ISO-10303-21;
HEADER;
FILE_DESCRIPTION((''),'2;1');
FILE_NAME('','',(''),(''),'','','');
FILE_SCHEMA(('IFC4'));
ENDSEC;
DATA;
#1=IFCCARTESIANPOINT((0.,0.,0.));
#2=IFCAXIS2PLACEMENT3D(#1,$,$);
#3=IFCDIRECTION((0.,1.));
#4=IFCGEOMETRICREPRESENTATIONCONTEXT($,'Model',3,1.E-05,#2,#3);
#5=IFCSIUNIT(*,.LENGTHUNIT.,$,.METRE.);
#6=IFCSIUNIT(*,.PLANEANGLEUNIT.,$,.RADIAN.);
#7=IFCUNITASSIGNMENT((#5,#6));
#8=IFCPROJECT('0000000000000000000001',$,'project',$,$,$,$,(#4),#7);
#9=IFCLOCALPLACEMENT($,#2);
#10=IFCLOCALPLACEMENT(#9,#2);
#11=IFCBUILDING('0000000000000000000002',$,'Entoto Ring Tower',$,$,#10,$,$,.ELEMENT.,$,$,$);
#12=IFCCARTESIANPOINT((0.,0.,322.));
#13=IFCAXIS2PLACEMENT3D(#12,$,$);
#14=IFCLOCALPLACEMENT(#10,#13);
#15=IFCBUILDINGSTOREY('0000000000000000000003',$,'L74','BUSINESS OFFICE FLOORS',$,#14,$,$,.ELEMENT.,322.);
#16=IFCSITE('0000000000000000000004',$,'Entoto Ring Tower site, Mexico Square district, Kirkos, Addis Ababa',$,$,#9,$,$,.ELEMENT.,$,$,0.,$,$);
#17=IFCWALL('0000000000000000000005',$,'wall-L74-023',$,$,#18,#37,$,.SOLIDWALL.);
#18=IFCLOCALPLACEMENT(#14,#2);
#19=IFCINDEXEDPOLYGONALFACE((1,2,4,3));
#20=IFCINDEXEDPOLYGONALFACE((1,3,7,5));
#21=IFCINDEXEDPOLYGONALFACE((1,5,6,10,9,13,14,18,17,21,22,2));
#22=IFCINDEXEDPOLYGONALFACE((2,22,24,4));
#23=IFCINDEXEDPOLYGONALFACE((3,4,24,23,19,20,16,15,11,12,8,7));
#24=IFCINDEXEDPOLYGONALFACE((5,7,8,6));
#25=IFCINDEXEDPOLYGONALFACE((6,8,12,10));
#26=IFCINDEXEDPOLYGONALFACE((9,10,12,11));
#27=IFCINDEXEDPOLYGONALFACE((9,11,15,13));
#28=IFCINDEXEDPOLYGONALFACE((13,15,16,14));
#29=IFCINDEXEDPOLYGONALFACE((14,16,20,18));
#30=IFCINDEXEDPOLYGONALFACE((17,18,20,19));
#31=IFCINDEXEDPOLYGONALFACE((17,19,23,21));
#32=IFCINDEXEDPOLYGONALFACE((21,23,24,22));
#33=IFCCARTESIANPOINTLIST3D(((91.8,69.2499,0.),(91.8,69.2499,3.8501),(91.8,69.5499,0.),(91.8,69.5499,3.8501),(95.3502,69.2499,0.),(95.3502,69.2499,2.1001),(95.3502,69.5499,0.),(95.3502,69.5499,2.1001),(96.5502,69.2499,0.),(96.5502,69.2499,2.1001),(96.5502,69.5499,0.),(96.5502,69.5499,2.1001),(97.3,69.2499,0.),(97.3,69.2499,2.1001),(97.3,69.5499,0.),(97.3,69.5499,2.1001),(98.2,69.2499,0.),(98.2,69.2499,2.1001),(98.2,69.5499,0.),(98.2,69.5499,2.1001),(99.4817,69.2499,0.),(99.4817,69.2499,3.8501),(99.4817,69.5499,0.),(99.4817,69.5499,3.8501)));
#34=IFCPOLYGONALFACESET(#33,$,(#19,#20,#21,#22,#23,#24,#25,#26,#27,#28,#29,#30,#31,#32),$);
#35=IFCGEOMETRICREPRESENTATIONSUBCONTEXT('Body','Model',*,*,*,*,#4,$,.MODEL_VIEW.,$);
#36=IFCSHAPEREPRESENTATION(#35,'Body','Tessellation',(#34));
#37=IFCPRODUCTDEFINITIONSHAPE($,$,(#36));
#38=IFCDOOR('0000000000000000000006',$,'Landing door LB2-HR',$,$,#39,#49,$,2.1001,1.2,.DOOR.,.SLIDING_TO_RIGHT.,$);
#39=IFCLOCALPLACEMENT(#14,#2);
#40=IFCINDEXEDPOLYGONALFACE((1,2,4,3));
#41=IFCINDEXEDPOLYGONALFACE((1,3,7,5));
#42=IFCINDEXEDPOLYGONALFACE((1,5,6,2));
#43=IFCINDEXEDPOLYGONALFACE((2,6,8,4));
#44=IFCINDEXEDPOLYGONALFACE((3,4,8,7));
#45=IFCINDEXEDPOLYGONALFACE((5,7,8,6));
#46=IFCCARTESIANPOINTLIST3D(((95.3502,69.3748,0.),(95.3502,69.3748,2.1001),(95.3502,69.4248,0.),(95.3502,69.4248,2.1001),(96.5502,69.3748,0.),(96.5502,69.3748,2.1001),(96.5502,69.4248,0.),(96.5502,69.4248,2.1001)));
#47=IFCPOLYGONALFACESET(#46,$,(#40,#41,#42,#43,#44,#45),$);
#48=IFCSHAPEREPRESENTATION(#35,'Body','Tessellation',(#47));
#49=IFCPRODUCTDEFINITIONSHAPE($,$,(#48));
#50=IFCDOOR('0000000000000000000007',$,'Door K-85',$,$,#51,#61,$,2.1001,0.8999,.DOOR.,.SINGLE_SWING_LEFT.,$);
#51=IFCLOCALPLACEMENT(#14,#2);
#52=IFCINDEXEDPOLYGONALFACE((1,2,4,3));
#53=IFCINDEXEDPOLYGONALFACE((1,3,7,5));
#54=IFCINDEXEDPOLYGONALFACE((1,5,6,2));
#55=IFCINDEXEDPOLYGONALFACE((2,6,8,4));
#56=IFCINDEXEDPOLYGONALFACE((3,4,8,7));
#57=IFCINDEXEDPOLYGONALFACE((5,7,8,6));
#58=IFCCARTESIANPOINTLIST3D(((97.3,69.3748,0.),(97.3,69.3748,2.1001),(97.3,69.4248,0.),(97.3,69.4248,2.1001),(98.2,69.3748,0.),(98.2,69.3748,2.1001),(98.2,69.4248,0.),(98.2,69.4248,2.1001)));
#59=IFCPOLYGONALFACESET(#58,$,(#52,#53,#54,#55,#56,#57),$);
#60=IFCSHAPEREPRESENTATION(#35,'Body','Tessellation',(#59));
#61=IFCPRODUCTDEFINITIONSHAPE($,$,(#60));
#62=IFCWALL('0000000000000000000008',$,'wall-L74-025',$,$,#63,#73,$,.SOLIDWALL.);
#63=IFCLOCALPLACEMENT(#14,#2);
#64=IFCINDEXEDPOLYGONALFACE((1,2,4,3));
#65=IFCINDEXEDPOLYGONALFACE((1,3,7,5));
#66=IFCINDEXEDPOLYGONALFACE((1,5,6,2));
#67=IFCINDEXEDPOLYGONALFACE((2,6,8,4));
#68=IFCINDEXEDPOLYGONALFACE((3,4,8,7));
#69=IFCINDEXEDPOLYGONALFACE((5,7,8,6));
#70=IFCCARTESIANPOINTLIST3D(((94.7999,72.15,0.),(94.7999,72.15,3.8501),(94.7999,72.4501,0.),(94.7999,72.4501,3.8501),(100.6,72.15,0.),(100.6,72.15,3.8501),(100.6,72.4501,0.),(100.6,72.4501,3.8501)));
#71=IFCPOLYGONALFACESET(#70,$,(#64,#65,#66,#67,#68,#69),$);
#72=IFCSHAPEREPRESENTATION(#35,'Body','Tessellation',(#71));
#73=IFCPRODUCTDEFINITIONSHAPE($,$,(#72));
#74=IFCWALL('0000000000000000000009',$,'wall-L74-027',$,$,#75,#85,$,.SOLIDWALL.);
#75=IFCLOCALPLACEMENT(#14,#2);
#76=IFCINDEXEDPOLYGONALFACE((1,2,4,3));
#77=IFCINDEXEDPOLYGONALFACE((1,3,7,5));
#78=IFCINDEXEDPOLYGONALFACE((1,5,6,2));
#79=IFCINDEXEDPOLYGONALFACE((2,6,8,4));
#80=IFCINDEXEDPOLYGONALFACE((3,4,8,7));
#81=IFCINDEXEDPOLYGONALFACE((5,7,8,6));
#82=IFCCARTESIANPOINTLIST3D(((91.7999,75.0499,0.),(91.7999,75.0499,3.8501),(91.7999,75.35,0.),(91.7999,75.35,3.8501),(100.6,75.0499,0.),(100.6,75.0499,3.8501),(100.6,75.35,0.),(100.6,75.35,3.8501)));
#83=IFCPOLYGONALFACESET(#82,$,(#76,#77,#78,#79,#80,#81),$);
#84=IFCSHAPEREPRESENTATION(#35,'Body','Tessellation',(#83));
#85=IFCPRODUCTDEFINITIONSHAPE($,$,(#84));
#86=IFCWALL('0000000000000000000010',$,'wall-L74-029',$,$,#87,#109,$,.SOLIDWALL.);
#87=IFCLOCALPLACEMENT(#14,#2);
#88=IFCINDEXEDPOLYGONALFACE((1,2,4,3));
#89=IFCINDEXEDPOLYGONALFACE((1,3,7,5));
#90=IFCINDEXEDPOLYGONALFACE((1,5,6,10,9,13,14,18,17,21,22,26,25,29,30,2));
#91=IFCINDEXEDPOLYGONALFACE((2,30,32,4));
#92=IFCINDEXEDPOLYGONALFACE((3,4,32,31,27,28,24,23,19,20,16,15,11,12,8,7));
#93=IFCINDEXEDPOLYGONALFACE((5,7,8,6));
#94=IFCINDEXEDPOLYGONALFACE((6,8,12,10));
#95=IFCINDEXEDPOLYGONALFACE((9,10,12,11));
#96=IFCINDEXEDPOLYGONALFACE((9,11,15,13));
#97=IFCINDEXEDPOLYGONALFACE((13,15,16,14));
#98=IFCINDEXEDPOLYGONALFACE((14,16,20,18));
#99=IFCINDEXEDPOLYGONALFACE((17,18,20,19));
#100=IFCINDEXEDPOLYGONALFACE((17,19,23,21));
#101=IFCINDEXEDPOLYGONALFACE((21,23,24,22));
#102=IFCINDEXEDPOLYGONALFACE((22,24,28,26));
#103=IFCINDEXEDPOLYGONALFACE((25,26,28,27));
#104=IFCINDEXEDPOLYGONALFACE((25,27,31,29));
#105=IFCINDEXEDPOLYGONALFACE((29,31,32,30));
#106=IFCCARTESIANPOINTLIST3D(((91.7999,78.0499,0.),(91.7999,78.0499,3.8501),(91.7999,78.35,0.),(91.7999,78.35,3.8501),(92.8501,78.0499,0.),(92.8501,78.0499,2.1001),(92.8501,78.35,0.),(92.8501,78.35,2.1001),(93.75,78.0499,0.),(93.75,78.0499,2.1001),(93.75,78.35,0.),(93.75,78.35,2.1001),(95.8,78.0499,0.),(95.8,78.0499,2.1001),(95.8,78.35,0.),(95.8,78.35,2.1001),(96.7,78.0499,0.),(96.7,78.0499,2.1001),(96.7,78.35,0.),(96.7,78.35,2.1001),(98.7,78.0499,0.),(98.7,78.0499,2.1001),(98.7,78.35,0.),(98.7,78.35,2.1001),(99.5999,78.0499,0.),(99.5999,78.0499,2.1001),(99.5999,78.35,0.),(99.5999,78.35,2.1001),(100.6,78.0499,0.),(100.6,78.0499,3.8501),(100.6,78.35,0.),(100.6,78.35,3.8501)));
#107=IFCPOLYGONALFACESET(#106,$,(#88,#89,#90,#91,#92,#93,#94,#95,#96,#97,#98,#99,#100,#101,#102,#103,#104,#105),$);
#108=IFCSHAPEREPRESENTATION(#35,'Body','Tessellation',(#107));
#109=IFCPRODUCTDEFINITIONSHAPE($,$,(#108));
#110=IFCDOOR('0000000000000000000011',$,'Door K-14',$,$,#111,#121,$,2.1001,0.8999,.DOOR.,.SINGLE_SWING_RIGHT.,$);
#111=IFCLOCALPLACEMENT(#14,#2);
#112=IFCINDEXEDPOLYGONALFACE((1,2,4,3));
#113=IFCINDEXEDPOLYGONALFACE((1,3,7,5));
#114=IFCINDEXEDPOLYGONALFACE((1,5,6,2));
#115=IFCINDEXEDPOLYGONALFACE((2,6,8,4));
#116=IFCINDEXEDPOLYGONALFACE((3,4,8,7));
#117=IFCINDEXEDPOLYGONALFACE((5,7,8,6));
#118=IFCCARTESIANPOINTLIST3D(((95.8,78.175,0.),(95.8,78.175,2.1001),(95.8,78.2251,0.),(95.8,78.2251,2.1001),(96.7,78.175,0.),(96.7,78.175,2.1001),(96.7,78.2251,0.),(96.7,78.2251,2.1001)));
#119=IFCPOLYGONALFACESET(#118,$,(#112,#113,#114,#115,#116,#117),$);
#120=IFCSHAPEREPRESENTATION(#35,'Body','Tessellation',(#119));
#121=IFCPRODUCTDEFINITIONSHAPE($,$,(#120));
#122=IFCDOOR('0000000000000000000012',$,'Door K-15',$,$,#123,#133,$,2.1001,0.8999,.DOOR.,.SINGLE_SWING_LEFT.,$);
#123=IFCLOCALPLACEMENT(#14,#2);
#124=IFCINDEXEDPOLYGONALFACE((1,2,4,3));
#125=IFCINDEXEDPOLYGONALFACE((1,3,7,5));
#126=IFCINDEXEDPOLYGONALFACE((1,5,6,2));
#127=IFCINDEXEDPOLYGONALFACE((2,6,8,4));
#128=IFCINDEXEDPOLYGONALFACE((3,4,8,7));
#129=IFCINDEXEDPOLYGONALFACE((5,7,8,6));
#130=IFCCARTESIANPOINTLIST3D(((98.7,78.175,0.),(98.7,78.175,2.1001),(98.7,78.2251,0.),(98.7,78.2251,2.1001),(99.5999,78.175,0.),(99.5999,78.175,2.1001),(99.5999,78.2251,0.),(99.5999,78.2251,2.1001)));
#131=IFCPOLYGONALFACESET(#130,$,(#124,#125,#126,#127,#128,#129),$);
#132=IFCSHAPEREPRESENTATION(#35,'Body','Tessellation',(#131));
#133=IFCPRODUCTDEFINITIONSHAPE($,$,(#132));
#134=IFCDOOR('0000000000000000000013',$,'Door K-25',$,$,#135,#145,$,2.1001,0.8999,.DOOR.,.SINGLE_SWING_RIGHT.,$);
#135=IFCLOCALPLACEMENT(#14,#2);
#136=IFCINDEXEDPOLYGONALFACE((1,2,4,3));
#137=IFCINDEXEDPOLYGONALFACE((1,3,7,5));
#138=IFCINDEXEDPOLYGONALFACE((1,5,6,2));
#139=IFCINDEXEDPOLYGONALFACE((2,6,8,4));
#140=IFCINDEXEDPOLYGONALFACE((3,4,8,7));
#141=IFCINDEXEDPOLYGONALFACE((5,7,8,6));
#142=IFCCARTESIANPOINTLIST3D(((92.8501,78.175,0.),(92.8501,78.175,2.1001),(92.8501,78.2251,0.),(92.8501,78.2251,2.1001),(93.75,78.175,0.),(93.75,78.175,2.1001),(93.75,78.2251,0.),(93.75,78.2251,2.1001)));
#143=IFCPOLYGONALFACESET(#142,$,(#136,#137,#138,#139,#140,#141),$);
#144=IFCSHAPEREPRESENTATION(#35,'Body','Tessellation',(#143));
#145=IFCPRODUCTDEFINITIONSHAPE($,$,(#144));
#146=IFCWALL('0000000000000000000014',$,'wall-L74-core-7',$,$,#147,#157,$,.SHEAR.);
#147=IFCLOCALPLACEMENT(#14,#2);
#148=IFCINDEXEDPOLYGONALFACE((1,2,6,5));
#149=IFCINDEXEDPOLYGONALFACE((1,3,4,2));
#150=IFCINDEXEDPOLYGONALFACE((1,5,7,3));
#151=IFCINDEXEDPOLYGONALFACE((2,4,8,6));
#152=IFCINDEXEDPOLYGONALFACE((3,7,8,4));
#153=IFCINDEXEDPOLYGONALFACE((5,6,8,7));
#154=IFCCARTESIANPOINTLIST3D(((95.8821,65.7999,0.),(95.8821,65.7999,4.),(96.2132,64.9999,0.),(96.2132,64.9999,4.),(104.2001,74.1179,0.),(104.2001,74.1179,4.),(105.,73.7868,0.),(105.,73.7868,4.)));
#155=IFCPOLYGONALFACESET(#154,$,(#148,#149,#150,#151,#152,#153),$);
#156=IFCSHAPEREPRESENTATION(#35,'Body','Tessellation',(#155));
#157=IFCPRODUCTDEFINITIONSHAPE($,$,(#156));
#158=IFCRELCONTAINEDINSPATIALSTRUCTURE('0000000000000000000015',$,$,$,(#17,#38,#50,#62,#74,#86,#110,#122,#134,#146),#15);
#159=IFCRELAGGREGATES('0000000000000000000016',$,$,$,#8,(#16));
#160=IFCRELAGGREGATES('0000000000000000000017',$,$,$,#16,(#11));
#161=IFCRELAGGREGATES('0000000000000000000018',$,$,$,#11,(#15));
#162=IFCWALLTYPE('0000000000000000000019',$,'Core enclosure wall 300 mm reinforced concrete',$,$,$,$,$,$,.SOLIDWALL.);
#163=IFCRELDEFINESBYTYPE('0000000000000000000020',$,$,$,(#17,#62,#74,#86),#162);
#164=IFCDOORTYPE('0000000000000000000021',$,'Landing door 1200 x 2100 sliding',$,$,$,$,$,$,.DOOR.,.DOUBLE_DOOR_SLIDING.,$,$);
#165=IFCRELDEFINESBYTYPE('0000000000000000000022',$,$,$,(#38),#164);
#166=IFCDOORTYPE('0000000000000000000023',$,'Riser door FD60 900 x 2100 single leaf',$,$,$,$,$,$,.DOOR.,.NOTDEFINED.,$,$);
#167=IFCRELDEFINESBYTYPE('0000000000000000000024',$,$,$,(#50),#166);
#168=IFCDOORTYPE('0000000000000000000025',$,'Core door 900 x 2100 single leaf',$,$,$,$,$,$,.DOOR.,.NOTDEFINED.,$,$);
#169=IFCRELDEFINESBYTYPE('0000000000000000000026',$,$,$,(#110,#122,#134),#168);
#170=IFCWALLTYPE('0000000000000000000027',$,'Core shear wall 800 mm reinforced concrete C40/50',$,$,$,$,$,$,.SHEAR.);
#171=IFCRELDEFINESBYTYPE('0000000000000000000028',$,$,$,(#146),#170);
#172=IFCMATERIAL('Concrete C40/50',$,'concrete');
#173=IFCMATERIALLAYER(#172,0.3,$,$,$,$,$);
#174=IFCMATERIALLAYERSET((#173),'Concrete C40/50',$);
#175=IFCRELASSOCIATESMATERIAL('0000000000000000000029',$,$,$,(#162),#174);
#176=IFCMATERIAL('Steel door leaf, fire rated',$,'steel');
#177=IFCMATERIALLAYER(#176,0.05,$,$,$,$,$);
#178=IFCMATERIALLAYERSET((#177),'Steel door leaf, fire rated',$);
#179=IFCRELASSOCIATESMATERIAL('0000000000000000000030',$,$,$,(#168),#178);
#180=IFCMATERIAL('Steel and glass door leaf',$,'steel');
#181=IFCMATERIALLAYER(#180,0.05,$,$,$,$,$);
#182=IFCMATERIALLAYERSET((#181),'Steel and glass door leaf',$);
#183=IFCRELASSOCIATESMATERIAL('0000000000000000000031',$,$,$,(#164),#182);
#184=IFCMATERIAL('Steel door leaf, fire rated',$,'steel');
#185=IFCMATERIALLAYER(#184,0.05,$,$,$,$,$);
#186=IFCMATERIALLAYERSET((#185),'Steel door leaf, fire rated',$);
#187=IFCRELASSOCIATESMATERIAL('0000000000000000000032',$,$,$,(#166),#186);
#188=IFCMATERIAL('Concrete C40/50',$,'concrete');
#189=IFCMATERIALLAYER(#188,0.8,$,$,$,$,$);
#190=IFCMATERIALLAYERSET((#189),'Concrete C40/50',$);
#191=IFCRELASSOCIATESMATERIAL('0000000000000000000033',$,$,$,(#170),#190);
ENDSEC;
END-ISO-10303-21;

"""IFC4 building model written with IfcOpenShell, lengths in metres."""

from ifc_helpers import new_model, si_unit, direction, frame, frame_2d, origin, place, context, subcontext, project, spatial, polyline, rectangle, outline, extrude, material, layer, layer_set, type_object, element, fill, save


model = new_model("IFC4")

# Units and contexts
model_context = context("Model", 3, precision=1e-05, world=origin(), true_north=direction((0.0, 1.0)))
body_context = subcontext(model_context, "Body", "Model", "MODEL_VIEW")
ifc_project = project(units=[si_unit("LENGTHUNIT", "METRE"), si_unit("PLANEANGLEUNIT", "RADIAN")], contexts=[model_context])

# Site, building, storey
site_placement = place(None, origin())
site = spatial("IfcSite", under=ifc_project, at=site_placement, Name="Entoto Ring Tower site, Mexico Square district, Kirkos, Addis Ababa", CompositionType="ELEMENT", RefElevation=0.0)
building_placement = place(site_placement, origin())
building = spatial("IfcBuilding", under=site, at=building_placement, Name="Entoto Ring Tower", CompositionType="ELEMENT")
storey_placement = place(building_placement, frame((0.0, 0.0, 322.0)))
storey = spatial("IfcBuildingStorey", under=building, at=storey_placement, Name="L74", Description="BUSINESS OFFICE FLOORS", CompositionType="ELEMENT", Elevation=322.0)

# Shared definitions
ifc_material_1 = material(Name="Concrete C40/50", Category="concrete")
ifc_layer_1 = layer(ifc_material_1, 0.3)
ifc_layer_set_1 = layer_set([ifc_layer_1], Name="Concrete C40/50")
wall_type_1 = type_object("IfcWallType", Name="Core enclosure wall 300 mm reinforced concrete", PredefinedType="SOLIDWALL", material=ifc_layer_set_1)

# Wall, openings, doors
ifc_material_2 = material(Name="Steel door leaf, fire rated", Category="steel")
ifc_layer_2 = layer(ifc_material_2, 0.05)
ifc_layer_set_2 = layer_set([ifc_layer_2], Name="Steel door leaf, fire rated")
door_type_1 = type_object("IfcDoorType", Name="Core door 900 x 2100 single leaf", OperationType="NOTDEFINED", PredefinedType="DOOR", material=ifc_layer_set_2)
wall_1_placement = place(storey_placement, frame((91.8, 69.3999, 0.0), z_axis=(0.0, 0.0, 1.0), x_axis=(1.0, 0.0, 0.0)))
wall_1 = element("IfcWall", 1, at=wall_1_placement, inside=storey, type_object=wall_type_1, Name="wall-L74-023", PredefinedType="SOLIDWALL", context=body_context, shape_type="SweptSolid", body=[
    extrude(rectangle(XDim=7.6816, YDim=0.3, at=frame_2d((3.8408, 0.0))), origin(), (0.0, 0.0, 1.0), 3.8501),
])
opening_1_placement = place(wall_1_placement, frame((3.55, 0.0, 0.0)))
opening_1 = element("IfcOpeningElement", 2, at=opening_1_placement, cuts=wall_1, PredefinedType="OPENING", context=body_context, shape_type="SweptSolid", body=[
    extrude(rectangle(XDim=1.2, YDim=2.1001, at=frame_2d((0.6001, 1.05))), frame((0.0, 0.1602, 0.0), z_axis=(0.0, -1.0, 0.0), x_axis=(1.0, 0.0, 0.0)), (0.0, 0.0, 1.0), 0.3201),
])
opening_2_placement = place(wall_1_placement, frame((5.5, 0.0, 0.0)))
opening_2 = element("IfcOpeningElement", 3, at=opening_2_placement, cuts=wall_1, PredefinedType="OPENING", context=body_context, shape_type="SweptSolid", body=[
    extrude(rectangle(XDim=0.8999, YDim=2.1001, at=frame_2d((0.45, 1.05))), frame((0.0, 0.1602, 0.0), z_axis=(0.0, -1.0, 0.0), x_axis=(1.0, 0.0, 0.0)), (0.0, 0.0, 1.0), 0.3201),
])
ifc_material_3 = material(Name="Steel and glass door leaf", Category="steel")
ifc_layer_3 = layer(ifc_material_3, 0.05)
ifc_layer_set_3 = layer_set([ifc_layer_3], Name="Steel and glass door leaf")
door_type_2 = type_object("IfcDoorType", Name="Landing door 1200 x 2100 sliding", OperationType="DOUBLE_DOOR_SLIDING", PredefinedType="DOOR", material=ifc_layer_set_3)
door_1_placement = place(opening_1_placement, origin())
door_1 = element("IfcDoor", 4, at=door_1_placement, inside=storey, type_object=door_type_2, Name="Landing door LB2-HR", OperationType="SLIDING_TO_RIGHT", OverallHeight=2.1001, OverallWidth=1.2, PredefinedType="DOOR", context=body_context, shape_type="SweptSolid", body=[
    extrude(rectangle(XDim=1.2, YDim=2.1001, at=frame_2d((0.6001, 1.05))), frame((0.0, 0.0249, 0.0), z_axis=(0.0, -1.0, 0.0), x_axis=(1.0, 0.0, 0.0)), (0.0, 0.0, 1.0), 0.05),
])
fill(opening_1, door_1)
ifc_material_4 = material(Name="Steel door leaf, fire rated", Category="steel")
ifc_layer_4 = layer(ifc_material_4, 0.05)
ifc_layer_set_4 = layer_set([ifc_layer_4], Name="Steel door leaf, fire rated")
door_type_3 = type_object("IfcDoorType", Name="Riser door FD60 900 x 2100 single leaf", OperationType="NOTDEFINED", PredefinedType="DOOR", material=ifc_layer_set_4)
door_2_placement = place(opening_2_placement, origin())
door_2 = element("IfcDoor", 5, at=door_2_placement, inside=storey, type_object=door_type_3, Name="Door K-85", OperationType="SINGLE_SWING_LEFT", OverallHeight=2.1001, OverallWidth=0.8999, PredefinedType="DOOR", context=body_context, shape_type="SweptSolid", body=[
    extrude(rectangle(XDim=0.8999, YDim=2.1001, at=frame_2d((0.45, 1.05))), frame((0.0, 0.0249, 0.0), z_axis=(0.0, -1.0, 0.0), x_axis=(1.0, 0.0, 0.0)), (0.0, 0.0, 1.0), 0.05),
])
fill(opening_2, door_2)

# Walls
wall_2_placement = place(storey_placement, frame((94.8, 72.3, 0.0), z_axis=(0.0, 0.0, 1.0), x_axis=(1.0, 0.0, 0.0)))
element("IfcWall", 6, at=wall_2_placement, inside=storey, type_object=wall_type_1, Name="wall-L74-025", PredefinedType="SOLIDWALL", context=body_context, shape_type="SweptSolid", body=[
    extrude(rectangle(XDim=5.8, YDim=0.3, at=frame_2d((2.8999, 0.0))), origin(), (0.0, 0.0, 1.0), 3.8501),
])
wall_3_placement = place(storey_placement, frame((91.8, 75.2, 0.0), z_axis=(0.0, 0.0, 1.0), x_axis=(1.0, 0.0, 0.0)))
element("IfcWall", 7, at=wall_3_placement, inside=storey, type_object=wall_type_1, Name="wall-L74-027", PredefinedType="SOLIDWALL", context=body_context, shape_type="SweptSolid", body=[
    extrude(rectangle(XDim=8.8, YDim=0.3, at=frame_2d((4.3999, 0.0))), origin(), (0.0, 0.0, 1.0), 3.8501),
])

# Wall, openings, doors
wall_4_placement = place(storey_placement, frame((91.8, 78.2, 0.0), z_axis=(0.0, 0.0, 1.0), x_axis=(1.0, 0.0, 0.0)))
wall_4 = element("IfcWall", 8, at=wall_4_placement, inside=storey, type_object=wall_type_1, Name="wall-L74-029", PredefinedType="SOLIDWALL", context=body_context, shape_type="SweptSolid", body=[
    extrude(rectangle(XDim=8.8, YDim=0.3, at=frame_2d((4.3999, 0.0))), origin(), (0.0, 0.0, 1.0), 3.8501),
])
opening_3_placement = place(wall_4_placement, frame((4.0, 0.0, 0.0)))
opening_3 = element("IfcOpeningElement", 9, at=opening_3_placement, cuts=wall_4, PredefinedType="OPENING", context=body_context, shape_type="SweptSolid", body=[
    extrude(rectangle(XDim=0.8999, YDim=2.1001, at=frame_2d((0.45, 1.05))), frame((0.0, 0.1602, 0.0), z_axis=(0.0, -1.0, 0.0), x_axis=(1.0, 0.0, 0.0)), (0.0, 0.0, 1.0), 0.3201),
])
opening_4_placement = place(wall_4_placement, frame((6.8999, 0.0, 0.0)))
opening_4 = element("IfcOpeningElement", 10, at=opening_4_placement, cuts=wall_4, PredefinedType="OPENING", context=body_context, shape_type="SweptSolid", body=[
    extrude(rectangle(XDim=0.8999, YDim=2.1001, at=frame_2d((0.45, 1.05))), frame((0.0, 0.1602, 0.0), z_axis=(0.0, -1.0, 0.0), x_axis=(1.0, 0.0, 0.0)), (0.0, 0.0, 1.0), 0.3201),
])
opening_5_placement = place(wall_4_placement, frame((1.05, 0.0, 0.0)))
opening_5 = element("IfcOpeningElement", 11, at=opening_5_placement, cuts=wall_4, PredefinedType="OPENING", context=body_context, shape_type="SweptSolid", body=[
    extrude(rectangle(XDim=0.8999, YDim=2.1001, at=frame_2d((0.45, 1.05))), frame((0.0, 0.1602, 0.0), z_axis=(0.0, -1.0, 0.0), x_axis=(1.0, 0.0, 0.0)), (0.0, 0.0, 1.0), 0.3201),
])
door_3_placement = place(opening_3_placement, frame((0.8999, 0.0, 0.0), z_axis=(0.0, 0.0, 1.0), x_axis=(-1.0, 0.0, 0.0)))
door_3 = element("IfcDoor", 12, at=door_3_placement, inside=storey, type_object=door_type_1, Name="Door K-14", OperationType="SINGLE_SWING_RIGHT", OverallHeight=2.1001, OverallWidth=0.8999, PredefinedType="DOOR", context=body_context, shape_type="SweptSolid", body=[
    extrude(rectangle(XDim=0.8999, YDim=2.1001, at=frame_2d((0.45, 1.05))), frame((0.0, 0.0249, 0.0), z_axis=(0.0, -1.0, 0.0), x_axis=(1.0, 0.0, 0.0)), (0.0, 0.0, 1.0), 0.05),
])
fill(opening_3, door_3)
door_4_placement = place(opening_4_placement, frame((0.8999, 0.0, 0.0), z_axis=(0.0, 0.0, 1.0), x_axis=(-1.0, 0.0, 0.0)))
door_4 = element("IfcDoor", 13, at=door_4_placement, inside=storey, type_object=door_type_1, Name="Door K-15", OperationType="SINGLE_SWING_LEFT", OverallHeight=2.1001, OverallWidth=0.8999, PredefinedType="DOOR", context=body_context, shape_type="SweptSolid", body=[
    extrude(rectangle(XDim=0.8999, YDim=2.1001, at=frame_2d((0.45, 1.05))), frame((0.0, 0.0249, 0.0), z_axis=(0.0, -1.0, 0.0), x_axis=(1.0, 0.0, 0.0)), (0.0, 0.0, 1.0), 0.05),
])
fill(opening_4, door_4)
door_5_placement = place(opening_5_placement, frame((0.8999, 0.0, 0.0), z_axis=(0.0, 0.0, 1.0), x_axis=(-1.0, 0.0, 0.0)))
door_5 = element("IfcDoor", 14, at=door_5_placement, inside=storey, type_object=door_type_1, Name="Door K-25", OperationType="SINGLE_SWING_RIGHT", OverallHeight=2.1001, OverallWidth=0.8999, PredefinedType="DOOR", context=body_context, shape_type="SweptSolid", body=[
    extrude(rectangle(XDim=0.8999, YDim=2.1001, at=frame_2d((0.45, 1.05))), frame((0.0, 0.0249, 0.0), z_axis=(0.0, -1.0, 0.0), x_axis=(1.0, 0.0, 0.0)), (0.0, 0.0, 1.0), 0.05),
])
fill(opening_5, door_5)

# Wall
ifc_material_5 = material(Name="Concrete C40/50", Category="concrete")
ifc_layer_5 = layer(ifc_material_5, 0.8)
ifc_layer_set_5 = layer_set([ifc_layer_5], Name="Concrete C40/50")
wall_type_2 = type_object("IfcWallType", Name="Core shear wall 800 mm reinforced concrete C40/50", PredefinedType="SHEAR", material=ifc_layer_set_5)
wall_5_placement = place(storey_placement, frame((96.0476, 65.3999, 0.0), z_axis=(0.0, 0.0, 1.0), x_axis=(0.707107, 0.707107, 0.0)))
element("IfcWall", 15, at=wall_5_placement, inside=storey, type_object=wall_type_2, Name="wall-L74-core-7", PredefinedType="SHEAR", context=body_context, shape_type="SweptSolid", body=[
    extrude(outline(polyline([(-0.1658, -0.3999), (12.2607, -0.3999), (11.9292, 0.3999), (0.1658, 0.3999), (-0.1658, -0.3999)])), origin(), (0.0, 0.0, 1.0), 4.0),
])

save(model, "model.ifc")
